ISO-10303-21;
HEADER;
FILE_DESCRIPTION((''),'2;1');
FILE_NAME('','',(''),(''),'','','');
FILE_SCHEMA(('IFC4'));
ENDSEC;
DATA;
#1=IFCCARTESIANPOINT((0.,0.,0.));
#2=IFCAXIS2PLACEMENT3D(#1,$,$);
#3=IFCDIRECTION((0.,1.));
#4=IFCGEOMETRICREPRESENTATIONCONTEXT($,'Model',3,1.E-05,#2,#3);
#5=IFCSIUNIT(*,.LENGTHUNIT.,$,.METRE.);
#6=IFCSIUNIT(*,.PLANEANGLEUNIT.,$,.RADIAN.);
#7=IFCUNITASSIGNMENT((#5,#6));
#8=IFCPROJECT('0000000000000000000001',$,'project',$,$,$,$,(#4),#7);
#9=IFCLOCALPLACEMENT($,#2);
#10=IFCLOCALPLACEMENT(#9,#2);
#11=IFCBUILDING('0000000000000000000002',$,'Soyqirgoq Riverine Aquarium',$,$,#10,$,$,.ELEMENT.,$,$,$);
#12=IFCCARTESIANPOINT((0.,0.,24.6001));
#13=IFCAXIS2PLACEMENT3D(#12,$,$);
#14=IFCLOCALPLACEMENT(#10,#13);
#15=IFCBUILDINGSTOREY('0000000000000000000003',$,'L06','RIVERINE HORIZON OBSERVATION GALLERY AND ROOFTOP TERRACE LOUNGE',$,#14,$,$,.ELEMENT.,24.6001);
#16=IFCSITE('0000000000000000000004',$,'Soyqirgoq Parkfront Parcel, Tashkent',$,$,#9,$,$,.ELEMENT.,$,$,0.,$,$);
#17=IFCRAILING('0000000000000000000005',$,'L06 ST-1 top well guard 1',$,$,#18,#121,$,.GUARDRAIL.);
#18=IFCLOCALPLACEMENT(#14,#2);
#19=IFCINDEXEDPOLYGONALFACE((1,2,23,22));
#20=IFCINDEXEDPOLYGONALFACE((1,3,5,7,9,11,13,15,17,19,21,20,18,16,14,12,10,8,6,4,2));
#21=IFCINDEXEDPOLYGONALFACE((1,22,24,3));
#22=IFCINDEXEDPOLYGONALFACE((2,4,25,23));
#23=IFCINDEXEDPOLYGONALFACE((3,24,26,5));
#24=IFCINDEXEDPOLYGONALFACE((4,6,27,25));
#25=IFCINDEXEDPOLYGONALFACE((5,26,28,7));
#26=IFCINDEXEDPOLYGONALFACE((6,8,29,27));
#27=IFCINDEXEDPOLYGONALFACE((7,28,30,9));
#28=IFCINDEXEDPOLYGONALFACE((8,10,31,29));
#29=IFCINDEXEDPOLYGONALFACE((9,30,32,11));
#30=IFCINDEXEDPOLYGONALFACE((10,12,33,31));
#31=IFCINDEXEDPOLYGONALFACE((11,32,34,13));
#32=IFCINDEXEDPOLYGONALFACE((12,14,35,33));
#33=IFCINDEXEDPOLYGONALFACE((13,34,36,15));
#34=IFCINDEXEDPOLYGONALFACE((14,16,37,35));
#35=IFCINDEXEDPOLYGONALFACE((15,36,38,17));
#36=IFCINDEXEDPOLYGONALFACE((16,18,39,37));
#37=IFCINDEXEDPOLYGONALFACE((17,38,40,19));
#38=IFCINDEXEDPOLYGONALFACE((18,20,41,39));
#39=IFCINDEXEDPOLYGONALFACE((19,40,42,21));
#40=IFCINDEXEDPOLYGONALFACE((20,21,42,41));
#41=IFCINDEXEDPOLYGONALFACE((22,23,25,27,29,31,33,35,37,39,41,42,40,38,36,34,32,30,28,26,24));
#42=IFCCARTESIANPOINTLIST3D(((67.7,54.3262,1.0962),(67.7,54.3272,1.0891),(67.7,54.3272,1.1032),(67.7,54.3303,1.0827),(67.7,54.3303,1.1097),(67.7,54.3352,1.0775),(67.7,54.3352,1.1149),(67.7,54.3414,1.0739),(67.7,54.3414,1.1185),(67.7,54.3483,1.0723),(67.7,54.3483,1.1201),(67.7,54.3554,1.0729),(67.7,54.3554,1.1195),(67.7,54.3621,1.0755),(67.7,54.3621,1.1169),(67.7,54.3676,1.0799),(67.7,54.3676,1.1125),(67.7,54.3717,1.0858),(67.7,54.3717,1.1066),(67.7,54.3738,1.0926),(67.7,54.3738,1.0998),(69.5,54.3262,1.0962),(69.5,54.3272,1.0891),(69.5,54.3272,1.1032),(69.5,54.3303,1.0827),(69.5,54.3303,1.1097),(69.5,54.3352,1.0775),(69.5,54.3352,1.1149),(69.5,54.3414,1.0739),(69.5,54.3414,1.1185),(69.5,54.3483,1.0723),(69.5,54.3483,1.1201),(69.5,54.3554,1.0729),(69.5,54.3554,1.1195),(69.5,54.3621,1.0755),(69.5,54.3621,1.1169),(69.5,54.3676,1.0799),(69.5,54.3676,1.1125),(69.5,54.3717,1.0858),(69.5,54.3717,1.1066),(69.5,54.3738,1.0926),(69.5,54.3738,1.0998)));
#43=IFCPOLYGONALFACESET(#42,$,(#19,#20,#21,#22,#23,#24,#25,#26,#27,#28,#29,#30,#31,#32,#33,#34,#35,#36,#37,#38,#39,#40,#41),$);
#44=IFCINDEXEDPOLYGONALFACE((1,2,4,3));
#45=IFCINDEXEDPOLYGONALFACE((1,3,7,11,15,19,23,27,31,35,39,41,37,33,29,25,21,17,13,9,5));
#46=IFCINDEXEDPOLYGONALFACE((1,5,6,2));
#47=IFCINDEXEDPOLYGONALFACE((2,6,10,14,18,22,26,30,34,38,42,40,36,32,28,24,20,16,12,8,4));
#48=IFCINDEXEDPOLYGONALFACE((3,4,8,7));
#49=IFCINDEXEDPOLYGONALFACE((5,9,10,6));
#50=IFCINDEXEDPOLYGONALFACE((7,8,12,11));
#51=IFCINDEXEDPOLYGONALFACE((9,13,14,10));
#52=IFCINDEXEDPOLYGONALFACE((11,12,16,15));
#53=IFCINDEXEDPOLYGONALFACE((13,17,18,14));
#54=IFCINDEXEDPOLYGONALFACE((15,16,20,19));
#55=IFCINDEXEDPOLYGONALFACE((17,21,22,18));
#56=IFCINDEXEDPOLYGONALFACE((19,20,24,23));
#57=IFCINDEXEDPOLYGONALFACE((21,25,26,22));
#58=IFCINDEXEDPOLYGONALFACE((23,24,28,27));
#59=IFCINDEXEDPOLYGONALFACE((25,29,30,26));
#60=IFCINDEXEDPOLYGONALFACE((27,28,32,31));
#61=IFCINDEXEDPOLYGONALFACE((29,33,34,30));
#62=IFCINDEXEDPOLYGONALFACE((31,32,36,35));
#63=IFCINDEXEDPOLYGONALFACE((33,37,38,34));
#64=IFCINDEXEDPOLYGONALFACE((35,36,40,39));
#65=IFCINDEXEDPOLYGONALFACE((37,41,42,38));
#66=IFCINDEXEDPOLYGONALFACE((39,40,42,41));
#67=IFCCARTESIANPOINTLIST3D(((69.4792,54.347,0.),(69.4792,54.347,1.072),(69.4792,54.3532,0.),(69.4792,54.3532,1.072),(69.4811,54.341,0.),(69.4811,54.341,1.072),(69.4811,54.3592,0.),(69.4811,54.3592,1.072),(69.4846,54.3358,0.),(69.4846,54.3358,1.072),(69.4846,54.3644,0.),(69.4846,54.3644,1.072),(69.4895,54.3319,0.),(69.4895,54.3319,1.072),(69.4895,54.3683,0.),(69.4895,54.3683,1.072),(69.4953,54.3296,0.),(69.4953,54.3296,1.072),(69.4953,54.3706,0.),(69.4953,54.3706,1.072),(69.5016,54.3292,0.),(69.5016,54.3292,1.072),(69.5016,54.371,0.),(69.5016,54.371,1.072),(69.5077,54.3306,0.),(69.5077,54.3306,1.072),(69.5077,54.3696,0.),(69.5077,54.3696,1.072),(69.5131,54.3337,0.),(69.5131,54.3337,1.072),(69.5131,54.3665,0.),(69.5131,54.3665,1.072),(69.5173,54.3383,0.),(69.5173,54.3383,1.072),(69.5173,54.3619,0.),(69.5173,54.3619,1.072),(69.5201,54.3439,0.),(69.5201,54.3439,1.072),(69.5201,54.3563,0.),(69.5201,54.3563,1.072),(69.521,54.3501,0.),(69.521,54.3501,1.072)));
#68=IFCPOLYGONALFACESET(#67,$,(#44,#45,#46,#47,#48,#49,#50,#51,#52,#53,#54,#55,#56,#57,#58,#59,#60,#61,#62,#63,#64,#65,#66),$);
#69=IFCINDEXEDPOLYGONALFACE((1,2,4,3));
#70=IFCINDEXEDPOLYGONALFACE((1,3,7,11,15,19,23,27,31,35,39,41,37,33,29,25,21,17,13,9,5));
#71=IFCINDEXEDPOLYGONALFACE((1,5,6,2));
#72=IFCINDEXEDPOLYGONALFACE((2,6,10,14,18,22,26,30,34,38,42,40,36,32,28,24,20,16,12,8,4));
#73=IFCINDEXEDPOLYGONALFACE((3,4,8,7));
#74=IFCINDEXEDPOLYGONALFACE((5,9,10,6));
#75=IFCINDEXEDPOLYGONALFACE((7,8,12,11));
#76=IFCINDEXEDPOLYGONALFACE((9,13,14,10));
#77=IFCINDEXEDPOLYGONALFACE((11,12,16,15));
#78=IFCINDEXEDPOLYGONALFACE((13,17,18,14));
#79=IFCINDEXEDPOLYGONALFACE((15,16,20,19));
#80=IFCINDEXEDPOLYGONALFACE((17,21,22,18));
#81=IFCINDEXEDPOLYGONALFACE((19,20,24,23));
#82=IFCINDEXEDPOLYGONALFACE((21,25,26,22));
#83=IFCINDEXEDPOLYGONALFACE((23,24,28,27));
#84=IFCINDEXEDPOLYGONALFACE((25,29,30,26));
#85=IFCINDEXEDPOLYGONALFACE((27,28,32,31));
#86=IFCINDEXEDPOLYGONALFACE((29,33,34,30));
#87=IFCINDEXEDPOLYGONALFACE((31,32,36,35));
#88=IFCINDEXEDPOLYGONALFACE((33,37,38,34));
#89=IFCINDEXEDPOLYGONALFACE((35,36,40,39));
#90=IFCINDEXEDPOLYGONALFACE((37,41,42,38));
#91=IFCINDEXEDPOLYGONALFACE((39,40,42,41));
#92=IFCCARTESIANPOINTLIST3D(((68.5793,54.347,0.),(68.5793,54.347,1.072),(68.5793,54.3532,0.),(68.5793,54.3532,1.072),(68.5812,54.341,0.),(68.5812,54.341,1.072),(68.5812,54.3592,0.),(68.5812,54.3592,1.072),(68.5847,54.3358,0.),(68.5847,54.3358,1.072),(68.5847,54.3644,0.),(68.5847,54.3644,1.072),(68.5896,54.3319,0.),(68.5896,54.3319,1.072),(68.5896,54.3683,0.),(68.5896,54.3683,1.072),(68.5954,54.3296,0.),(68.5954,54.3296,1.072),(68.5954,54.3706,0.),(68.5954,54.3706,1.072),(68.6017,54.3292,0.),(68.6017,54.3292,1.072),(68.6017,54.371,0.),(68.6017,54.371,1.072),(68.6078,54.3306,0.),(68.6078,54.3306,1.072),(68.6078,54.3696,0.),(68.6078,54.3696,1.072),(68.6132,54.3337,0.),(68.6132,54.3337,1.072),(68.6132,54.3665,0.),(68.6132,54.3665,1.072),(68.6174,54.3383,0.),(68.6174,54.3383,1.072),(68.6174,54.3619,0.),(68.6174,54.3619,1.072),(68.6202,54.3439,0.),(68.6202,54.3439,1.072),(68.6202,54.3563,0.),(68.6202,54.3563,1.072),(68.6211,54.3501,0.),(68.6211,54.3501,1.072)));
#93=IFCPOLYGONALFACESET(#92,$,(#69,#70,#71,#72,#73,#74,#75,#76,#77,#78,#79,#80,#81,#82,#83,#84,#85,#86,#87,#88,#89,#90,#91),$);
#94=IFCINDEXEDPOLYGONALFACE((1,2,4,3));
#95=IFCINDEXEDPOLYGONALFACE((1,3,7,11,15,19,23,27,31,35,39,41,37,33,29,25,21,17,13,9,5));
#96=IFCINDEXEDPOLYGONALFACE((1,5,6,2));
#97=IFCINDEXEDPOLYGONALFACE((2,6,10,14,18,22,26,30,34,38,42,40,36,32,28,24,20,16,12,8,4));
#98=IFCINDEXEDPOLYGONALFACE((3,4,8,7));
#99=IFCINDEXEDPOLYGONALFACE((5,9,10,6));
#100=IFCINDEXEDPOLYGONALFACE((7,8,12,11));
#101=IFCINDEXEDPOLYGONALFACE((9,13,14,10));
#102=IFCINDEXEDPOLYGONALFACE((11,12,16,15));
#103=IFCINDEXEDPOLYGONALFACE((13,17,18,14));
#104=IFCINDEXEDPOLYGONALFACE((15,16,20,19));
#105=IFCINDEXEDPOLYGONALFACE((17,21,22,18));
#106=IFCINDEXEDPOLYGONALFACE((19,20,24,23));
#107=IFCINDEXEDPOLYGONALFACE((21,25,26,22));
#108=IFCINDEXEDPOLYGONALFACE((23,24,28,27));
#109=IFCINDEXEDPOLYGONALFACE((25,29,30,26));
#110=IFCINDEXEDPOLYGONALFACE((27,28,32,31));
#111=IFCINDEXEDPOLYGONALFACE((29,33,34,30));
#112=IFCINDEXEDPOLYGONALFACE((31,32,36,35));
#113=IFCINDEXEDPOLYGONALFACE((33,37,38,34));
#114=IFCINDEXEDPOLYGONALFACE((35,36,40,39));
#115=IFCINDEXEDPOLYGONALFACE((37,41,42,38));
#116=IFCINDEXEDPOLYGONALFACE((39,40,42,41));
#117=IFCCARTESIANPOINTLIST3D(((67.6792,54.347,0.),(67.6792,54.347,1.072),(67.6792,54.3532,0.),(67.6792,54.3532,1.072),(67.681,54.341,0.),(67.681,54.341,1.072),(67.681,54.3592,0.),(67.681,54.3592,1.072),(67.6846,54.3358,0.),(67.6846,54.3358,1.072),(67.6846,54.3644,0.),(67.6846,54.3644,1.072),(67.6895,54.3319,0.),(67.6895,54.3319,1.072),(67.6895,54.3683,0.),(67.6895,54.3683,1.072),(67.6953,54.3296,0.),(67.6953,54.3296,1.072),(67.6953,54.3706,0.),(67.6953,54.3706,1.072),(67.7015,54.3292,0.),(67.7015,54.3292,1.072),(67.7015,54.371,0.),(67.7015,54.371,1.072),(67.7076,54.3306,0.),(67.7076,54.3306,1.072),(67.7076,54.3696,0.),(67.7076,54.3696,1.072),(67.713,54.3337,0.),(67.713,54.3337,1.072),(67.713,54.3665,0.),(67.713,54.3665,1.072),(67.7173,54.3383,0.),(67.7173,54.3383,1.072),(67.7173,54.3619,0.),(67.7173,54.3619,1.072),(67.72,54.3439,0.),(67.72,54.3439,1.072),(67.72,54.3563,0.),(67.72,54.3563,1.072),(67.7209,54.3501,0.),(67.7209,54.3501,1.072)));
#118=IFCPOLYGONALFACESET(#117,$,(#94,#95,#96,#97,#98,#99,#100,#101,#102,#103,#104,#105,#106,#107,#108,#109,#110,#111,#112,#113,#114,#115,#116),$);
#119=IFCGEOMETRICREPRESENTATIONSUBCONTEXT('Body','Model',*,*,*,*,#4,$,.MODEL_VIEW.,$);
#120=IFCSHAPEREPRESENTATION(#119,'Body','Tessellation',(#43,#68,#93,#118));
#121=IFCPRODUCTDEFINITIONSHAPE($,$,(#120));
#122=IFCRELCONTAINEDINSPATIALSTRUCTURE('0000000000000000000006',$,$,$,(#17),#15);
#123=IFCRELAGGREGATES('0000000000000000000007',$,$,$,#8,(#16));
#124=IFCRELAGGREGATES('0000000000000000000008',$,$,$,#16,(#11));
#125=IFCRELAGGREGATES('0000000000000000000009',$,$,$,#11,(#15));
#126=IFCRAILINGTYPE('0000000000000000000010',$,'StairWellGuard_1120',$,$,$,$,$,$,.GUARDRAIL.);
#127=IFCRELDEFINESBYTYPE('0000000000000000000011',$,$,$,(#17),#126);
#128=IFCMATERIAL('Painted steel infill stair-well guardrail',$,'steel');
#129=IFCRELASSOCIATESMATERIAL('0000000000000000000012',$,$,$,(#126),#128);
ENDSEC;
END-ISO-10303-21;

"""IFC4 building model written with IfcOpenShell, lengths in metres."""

from ifc_helpers import new_model, si_unit, direction, frame, origin, origin_2d, place, context, subcontext, project, spatial, circle, extrude, material, type_object, element, save


model = new_model("IFC4")

# Units and contexts
model_context = context("Model", 3, precision=1e-05, world=origin(), true_north=direction((0.0, 1.0)))
body_context = subcontext(model_context, "Body", "Model", "MODEL_VIEW")
ifc_project = project(units=[si_unit("LENGTHUNIT", "METRE"), si_unit("PLANEANGLEUNIT", "RADIAN")], contexts=[model_context])

# Site, building, storey
site_placement = place(None, origin())
site = spatial("IfcSite", under=ifc_project, at=site_placement, Name="Soyqirgoq Parkfront Parcel, Tashkent", CompositionType="ELEMENT", RefElevation=0.0)
building_placement = place(site_placement, origin())
building = spatial("IfcBuilding", under=site, at=building_placement, Name="Soyqirgoq Riverine Aquarium", CompositionType="ELEMENT")
storey_placement = place(building_placement, frame((0.0, 0.0, 24.6001)))
storey = spatial("IfcBuildingStorey", under=building, at=storey_placement, Name="L06", Description="RIVERINE HORIZON OBSERVATION GALLERY AND ROOFTOP TERRACE LOUNGE", CompositionType="ELEMENT", Elevation=24.6001)

# Railing
ifc_material_1 = material(Name="Painted steel infill stair-well guardrail", Category="steel")
railing_type = type_object("IfcRailingType", Name="StairWellGuard_1120", PredefinedType="GUARDRAIL", material=ifc_material_1)
railing_placement = place(storey_placement, frame((69.5, 54.3501, 0.0)))
element("IfcRailing", 1, at=railing_placement, inside=storey, type_object=railing_type, Name="L06 ST-1 top well guard 1", PredefinedType="GUARDRAIL", context=body_context, shape_type="SweptSolid", body=[
    extrude(circle(Radius=0.0239, at=origin_2d()), frame((0.0, 0.0, 1.0962), z_axis=(-1.0, 0.0, 0.0), x_axis=(0.0, -1.0, 0.0)), (0.0, 0.0, 1.0), 1.8),
    extrude(circle(Radius=0.021, at=origin_2d()), origin(), (0.0, 0.0, 1.0), 1.072),
    extrude(circle(Radius=0.021, at=origin_2d()), frame((-0.8999, 0.0, 0.0)), (0.0, 0.0, 1.0), 1.072),
    extrude(circle(Radius=0.021, at=origin_2d()), frame((-1.8, 0.0, 0.0)), (0.0, 0.0, 1.0), 1.072),
])

save(model, "model.ifc")
